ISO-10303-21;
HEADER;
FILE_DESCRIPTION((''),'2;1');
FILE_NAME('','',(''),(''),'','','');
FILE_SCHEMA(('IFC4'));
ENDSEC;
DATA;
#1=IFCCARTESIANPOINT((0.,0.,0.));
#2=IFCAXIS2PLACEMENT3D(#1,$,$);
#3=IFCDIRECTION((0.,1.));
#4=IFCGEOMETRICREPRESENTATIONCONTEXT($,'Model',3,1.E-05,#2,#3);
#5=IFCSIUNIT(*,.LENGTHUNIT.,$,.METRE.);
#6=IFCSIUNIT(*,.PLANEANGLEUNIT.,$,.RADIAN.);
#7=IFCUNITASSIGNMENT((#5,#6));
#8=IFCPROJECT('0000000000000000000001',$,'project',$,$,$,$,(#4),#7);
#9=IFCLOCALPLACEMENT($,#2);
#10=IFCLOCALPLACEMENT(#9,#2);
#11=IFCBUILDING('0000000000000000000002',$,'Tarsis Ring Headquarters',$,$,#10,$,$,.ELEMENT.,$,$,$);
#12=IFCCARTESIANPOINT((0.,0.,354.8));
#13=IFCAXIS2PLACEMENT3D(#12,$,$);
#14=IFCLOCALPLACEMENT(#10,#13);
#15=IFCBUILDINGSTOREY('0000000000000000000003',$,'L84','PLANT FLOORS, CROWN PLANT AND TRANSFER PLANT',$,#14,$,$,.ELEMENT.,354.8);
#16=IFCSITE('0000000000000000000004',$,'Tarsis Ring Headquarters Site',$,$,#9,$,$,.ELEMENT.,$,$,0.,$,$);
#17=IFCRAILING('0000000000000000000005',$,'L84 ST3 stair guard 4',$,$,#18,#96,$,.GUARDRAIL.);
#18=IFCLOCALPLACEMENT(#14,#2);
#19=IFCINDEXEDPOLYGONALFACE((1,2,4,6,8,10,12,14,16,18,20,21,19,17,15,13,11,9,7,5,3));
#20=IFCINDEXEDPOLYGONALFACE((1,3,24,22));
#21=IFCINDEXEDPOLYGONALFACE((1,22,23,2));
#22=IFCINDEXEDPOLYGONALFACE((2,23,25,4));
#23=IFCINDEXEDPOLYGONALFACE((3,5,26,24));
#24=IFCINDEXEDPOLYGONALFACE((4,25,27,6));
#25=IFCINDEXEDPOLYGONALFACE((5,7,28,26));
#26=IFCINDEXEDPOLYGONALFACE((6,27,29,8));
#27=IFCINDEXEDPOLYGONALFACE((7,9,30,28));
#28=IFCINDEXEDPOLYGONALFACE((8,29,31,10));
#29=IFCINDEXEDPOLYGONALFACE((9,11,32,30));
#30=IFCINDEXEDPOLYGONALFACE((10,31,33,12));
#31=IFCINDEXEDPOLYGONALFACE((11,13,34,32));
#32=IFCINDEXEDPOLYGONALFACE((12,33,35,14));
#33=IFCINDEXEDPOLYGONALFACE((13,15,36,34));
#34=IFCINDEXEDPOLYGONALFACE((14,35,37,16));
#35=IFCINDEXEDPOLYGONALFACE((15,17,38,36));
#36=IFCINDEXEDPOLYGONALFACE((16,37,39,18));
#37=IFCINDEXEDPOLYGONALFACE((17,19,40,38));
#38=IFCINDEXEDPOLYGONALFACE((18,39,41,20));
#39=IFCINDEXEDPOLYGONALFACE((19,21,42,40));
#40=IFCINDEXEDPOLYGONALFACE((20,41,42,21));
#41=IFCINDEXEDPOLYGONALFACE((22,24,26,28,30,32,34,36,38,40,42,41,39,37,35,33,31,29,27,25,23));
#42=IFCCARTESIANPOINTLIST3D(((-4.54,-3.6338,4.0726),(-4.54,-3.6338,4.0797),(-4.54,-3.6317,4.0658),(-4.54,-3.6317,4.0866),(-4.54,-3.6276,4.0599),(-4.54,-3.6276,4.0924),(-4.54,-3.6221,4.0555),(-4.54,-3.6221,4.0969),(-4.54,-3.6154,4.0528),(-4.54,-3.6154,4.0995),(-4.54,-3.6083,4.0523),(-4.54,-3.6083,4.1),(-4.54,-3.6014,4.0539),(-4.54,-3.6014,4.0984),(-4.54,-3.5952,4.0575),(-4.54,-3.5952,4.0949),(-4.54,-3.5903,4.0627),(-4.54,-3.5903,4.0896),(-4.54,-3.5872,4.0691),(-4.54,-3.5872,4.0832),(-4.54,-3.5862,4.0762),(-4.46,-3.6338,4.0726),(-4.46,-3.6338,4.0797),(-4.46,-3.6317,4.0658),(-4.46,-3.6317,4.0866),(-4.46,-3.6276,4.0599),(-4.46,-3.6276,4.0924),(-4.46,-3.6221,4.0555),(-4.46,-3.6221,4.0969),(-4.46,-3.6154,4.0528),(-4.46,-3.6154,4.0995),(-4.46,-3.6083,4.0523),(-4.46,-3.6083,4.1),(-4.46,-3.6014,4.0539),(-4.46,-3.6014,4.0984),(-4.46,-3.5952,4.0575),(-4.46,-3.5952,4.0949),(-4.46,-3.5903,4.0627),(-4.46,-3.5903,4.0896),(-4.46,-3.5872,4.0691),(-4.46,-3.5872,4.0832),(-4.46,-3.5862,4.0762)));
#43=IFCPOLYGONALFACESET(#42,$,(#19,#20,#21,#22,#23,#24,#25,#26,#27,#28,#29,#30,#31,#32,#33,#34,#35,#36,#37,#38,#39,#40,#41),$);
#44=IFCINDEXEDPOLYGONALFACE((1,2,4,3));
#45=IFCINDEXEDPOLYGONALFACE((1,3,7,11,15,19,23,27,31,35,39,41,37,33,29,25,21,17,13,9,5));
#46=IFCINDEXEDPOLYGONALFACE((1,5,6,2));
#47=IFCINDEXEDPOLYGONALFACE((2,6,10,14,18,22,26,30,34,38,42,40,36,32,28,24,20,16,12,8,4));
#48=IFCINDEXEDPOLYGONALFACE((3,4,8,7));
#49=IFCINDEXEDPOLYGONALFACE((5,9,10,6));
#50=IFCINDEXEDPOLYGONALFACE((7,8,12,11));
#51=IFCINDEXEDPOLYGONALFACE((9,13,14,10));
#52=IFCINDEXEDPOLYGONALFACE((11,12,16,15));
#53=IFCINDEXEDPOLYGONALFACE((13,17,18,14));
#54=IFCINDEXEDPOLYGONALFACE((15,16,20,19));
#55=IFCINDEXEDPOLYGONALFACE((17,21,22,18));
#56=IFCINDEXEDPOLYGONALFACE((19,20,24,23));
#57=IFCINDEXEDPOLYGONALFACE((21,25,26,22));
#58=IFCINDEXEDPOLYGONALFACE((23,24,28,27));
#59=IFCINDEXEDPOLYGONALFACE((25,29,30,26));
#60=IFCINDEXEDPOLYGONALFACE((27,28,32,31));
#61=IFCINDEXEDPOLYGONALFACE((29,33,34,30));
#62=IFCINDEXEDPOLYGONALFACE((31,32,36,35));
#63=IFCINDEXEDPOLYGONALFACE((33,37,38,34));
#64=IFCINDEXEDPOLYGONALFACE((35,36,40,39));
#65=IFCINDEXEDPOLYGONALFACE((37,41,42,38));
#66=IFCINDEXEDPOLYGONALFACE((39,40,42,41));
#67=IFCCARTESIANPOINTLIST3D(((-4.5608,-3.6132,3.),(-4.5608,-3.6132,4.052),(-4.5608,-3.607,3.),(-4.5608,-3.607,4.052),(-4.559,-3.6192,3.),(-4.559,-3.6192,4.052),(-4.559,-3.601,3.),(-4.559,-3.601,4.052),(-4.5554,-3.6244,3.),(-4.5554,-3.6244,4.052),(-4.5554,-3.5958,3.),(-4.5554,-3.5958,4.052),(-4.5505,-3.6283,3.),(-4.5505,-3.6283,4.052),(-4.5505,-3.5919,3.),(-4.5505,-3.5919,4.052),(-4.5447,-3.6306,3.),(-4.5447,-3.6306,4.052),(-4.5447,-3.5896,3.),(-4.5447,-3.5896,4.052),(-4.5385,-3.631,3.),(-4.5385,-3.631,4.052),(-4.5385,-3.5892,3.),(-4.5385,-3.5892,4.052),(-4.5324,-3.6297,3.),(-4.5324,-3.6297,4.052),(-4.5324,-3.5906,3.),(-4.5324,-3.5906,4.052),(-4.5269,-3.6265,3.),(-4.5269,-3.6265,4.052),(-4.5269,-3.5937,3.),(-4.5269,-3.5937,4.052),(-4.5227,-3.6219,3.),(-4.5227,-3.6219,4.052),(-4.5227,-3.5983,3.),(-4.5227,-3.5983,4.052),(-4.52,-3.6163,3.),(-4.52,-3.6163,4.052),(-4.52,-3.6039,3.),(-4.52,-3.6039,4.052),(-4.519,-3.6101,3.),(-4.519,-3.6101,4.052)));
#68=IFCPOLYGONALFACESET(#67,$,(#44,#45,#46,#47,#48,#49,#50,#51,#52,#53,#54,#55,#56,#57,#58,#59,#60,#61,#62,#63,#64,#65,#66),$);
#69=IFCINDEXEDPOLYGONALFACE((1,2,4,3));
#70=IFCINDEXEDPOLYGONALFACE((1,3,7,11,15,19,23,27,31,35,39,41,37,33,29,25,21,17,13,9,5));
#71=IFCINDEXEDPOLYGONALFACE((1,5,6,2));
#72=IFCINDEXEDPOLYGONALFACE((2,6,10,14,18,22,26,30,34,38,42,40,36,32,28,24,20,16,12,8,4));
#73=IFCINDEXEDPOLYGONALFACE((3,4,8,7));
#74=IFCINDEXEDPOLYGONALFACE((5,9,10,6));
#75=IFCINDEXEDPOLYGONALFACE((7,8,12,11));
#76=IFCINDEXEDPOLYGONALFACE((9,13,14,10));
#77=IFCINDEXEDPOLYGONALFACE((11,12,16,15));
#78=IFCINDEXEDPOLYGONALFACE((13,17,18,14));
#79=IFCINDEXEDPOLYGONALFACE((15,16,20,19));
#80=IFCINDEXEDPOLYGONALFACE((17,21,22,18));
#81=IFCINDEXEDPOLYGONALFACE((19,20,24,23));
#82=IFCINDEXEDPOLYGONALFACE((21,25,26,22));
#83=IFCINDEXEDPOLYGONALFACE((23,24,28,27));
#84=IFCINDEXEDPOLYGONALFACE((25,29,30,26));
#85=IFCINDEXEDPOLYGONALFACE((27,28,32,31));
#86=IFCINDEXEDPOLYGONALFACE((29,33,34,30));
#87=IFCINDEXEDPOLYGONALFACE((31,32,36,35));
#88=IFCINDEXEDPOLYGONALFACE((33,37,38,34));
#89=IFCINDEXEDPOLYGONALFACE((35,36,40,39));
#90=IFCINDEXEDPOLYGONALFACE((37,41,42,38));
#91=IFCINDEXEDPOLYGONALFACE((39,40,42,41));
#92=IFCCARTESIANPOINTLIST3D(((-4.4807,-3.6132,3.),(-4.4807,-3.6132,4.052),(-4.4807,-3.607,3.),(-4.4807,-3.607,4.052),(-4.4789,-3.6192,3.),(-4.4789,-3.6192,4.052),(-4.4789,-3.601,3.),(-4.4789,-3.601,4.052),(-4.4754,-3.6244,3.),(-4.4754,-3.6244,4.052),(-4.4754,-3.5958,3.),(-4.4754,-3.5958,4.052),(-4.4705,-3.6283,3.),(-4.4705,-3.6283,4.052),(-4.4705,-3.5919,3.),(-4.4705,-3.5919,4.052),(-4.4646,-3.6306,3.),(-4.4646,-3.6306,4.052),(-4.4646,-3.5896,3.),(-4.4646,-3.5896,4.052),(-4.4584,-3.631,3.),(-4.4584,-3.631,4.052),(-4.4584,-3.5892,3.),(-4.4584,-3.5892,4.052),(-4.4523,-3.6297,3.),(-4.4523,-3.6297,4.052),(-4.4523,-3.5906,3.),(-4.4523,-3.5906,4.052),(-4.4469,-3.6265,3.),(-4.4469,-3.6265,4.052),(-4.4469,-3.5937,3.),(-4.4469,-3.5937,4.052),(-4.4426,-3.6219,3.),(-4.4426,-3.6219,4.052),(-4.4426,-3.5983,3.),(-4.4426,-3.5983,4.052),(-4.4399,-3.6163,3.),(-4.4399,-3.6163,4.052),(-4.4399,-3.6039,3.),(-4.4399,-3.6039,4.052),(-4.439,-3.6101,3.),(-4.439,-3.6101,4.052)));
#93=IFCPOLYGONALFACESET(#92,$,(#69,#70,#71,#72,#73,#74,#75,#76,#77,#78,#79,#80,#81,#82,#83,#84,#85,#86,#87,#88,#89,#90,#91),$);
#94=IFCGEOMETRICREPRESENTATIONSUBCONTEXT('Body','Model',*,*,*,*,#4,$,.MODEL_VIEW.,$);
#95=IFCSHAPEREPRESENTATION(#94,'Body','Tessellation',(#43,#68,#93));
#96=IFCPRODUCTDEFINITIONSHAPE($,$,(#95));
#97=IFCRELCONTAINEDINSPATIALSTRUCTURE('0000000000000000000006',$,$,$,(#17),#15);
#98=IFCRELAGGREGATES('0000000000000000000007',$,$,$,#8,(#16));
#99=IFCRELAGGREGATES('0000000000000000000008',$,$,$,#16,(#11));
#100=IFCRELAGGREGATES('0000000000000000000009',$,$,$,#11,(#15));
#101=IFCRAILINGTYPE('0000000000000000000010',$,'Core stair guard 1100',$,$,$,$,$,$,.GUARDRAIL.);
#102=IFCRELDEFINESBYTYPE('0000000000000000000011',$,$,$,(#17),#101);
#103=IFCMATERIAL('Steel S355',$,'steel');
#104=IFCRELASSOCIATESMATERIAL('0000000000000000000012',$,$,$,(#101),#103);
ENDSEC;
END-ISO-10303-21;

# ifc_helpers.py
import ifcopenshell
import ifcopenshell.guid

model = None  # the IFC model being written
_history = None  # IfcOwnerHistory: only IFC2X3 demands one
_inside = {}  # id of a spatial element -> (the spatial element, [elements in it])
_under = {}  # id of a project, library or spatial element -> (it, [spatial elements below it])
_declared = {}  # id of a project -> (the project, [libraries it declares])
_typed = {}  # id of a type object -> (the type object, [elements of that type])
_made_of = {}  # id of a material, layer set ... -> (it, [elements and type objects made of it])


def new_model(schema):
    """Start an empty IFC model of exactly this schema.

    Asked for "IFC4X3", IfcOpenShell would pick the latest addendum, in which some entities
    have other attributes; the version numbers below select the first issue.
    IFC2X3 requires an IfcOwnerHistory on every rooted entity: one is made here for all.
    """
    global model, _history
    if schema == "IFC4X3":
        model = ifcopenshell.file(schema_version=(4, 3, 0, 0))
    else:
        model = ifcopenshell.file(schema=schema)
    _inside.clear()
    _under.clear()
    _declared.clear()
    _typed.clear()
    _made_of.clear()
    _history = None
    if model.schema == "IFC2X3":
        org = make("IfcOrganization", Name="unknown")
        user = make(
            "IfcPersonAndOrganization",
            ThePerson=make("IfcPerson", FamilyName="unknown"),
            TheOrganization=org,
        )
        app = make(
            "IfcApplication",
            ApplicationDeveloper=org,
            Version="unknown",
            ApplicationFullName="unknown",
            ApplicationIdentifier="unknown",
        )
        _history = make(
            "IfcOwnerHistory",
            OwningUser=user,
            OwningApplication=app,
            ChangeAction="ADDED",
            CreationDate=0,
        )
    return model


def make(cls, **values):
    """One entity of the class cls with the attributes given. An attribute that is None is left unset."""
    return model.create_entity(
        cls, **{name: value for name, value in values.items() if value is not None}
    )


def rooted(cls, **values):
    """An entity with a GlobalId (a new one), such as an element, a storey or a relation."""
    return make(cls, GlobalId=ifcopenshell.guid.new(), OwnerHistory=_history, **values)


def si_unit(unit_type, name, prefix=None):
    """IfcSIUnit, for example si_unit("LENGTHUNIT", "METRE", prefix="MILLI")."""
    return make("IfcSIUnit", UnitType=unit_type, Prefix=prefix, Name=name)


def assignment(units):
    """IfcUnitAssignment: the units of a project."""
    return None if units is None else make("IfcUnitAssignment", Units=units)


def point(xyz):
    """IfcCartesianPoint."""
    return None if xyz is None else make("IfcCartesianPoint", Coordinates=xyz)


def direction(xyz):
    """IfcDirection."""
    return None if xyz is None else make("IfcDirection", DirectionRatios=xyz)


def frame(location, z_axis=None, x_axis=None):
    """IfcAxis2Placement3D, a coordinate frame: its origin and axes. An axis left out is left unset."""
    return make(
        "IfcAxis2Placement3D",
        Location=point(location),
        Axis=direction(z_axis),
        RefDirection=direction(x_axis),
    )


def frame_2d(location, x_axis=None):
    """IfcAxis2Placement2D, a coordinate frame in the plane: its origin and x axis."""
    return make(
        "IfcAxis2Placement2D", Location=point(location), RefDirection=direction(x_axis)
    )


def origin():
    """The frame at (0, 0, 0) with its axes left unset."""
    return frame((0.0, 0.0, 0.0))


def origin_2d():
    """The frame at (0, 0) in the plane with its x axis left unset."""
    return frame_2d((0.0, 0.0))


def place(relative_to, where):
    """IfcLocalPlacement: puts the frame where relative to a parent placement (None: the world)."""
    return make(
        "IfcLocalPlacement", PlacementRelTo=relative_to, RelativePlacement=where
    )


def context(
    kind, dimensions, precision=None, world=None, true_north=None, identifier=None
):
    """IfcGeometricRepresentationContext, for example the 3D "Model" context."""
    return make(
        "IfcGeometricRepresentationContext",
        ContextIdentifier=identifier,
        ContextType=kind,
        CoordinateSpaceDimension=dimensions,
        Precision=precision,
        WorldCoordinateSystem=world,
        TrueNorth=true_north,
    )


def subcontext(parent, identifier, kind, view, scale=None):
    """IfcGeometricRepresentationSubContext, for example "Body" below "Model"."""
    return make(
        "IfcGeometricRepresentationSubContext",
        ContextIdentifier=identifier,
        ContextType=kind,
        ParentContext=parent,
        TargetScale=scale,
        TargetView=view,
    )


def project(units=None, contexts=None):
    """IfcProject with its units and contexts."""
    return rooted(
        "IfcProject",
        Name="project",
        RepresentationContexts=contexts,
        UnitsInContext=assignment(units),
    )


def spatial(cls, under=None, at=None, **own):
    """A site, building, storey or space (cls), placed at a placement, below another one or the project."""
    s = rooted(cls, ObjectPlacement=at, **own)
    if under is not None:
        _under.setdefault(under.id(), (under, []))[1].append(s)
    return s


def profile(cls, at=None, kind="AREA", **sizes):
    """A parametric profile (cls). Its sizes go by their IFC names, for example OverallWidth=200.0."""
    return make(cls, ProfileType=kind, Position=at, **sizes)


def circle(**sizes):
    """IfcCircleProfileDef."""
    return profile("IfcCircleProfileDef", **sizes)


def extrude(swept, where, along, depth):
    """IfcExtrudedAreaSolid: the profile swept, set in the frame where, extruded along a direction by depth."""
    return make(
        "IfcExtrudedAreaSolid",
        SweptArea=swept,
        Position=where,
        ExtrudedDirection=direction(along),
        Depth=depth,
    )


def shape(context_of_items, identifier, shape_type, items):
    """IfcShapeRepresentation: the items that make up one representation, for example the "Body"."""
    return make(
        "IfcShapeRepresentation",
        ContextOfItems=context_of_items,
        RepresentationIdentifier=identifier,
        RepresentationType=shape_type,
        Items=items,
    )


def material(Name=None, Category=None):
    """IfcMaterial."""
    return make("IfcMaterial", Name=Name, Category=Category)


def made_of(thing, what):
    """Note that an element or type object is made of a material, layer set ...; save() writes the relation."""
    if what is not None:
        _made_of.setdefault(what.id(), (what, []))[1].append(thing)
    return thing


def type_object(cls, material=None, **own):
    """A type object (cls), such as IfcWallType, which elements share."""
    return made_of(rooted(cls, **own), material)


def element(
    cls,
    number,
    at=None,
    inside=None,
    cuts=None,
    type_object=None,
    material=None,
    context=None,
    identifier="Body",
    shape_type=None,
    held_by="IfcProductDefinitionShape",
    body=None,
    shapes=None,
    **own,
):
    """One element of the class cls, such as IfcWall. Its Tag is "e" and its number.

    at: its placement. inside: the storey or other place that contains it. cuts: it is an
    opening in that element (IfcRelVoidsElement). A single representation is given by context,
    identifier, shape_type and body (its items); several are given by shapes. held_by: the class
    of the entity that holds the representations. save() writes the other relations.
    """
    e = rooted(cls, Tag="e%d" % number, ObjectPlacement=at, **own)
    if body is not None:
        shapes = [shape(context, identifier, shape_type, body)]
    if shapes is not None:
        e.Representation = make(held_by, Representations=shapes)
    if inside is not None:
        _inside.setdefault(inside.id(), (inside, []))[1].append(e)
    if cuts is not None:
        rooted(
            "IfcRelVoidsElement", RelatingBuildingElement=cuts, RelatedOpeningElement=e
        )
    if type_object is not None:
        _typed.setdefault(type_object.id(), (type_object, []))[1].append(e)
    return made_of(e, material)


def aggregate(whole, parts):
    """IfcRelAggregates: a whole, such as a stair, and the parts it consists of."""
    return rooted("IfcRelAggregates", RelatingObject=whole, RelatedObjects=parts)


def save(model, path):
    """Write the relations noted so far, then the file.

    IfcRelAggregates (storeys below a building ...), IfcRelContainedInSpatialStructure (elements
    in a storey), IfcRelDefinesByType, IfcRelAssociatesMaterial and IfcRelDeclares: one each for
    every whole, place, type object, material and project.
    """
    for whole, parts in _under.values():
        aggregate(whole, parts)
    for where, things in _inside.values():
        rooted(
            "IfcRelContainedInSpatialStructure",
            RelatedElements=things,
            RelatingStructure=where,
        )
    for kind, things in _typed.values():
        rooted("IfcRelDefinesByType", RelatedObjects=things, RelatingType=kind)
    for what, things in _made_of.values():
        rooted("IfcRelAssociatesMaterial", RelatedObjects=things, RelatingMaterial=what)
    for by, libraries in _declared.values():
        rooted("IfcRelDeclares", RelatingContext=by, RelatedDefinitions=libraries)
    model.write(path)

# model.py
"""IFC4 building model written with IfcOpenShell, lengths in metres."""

from ifc_helpers import new_model, si_unit, direction, frame, origin, origin_2d, place, context, subcontext, project, spatial, circle, extrude, material, type_object, element, save


model = new_model("IFC4")

# Units and contexts
model_context = context("Model", 3, precision=1e-05, world=origin(), true_north=direction((0.0, 1.0)))
body_context = subcontext(model_context, "Body", "Model", "MODEL_VIEW")
ifc_project = project(units=[si_unit("LENGTHUNIT", "METRE"), si_unit("PLANEANGLEUNIT", "RADIAN")], contexts=[model_context])

# Site, building, storey
site_placement = place(None, origin())
site = spatial("IfcSite", under=ifc_project, at=site_placement, Name="Tarsis Ring Headquarters Site", CompositionType="ELEMENT", RefElevation=0.0)
building_placement = place(site_placement, origin())
building = spatial("IfcBuilding", under=site, at=building_placement, Name="Tarsis Ring Headquarters", CompositionType="ELEMENT")
storey_placement = place(building_placement, frame((0.0, 0.0, 354.8)))
storey = spatial("IfcBuildingStorey", under=building, at=storey_placement, Name="L84", Description="PLANT FLOORS, CROWN PLANT AND TRANSFER PLANT", CompositionType="ELEMENT", Elevation=354.8)

# Railing
ifc_material_1 = material(Name="Steel S355", Category="steel")
railing_type_1 = type_object("IfcRailingType", Name="Core stair guard 1100", PredefinedType="GUARDRAIL", material=ifc_material_1)
railing_1_placement = place(storey_placement, frame((-4.54, -3.6101, 3.0)))
element("IfcRailing", 1, at=railing_1_placement, inside=storey, type_object=railing_type_1, Name="L84 ST3 stair guard 4", PredefinedType="GUARDRAIL", context=body_context, shape_type="SweptSolid", body=[
    extrude(circle(Radius=0.0239, at=origin_2d()), frame((0.0, 0.0, 1.0762), z_axis=(1.0, 0.0, 0.0), x_axis=(0.0, 1.0, 0.0)), (0.0, 0.0, 1.0), 0.0801),
    extrude(circle(Radius=0.021, at=origin_2d()), origin(), (0.0, 0.0, 1.0), 1.052),
    extrude(circle(Radius=0.021, at=origin_2d()), frame((0.0801, 0.0, 0.0)), (0.0, 0.0, 1.0), 1.052),
])

save(model, "model.ifc")
